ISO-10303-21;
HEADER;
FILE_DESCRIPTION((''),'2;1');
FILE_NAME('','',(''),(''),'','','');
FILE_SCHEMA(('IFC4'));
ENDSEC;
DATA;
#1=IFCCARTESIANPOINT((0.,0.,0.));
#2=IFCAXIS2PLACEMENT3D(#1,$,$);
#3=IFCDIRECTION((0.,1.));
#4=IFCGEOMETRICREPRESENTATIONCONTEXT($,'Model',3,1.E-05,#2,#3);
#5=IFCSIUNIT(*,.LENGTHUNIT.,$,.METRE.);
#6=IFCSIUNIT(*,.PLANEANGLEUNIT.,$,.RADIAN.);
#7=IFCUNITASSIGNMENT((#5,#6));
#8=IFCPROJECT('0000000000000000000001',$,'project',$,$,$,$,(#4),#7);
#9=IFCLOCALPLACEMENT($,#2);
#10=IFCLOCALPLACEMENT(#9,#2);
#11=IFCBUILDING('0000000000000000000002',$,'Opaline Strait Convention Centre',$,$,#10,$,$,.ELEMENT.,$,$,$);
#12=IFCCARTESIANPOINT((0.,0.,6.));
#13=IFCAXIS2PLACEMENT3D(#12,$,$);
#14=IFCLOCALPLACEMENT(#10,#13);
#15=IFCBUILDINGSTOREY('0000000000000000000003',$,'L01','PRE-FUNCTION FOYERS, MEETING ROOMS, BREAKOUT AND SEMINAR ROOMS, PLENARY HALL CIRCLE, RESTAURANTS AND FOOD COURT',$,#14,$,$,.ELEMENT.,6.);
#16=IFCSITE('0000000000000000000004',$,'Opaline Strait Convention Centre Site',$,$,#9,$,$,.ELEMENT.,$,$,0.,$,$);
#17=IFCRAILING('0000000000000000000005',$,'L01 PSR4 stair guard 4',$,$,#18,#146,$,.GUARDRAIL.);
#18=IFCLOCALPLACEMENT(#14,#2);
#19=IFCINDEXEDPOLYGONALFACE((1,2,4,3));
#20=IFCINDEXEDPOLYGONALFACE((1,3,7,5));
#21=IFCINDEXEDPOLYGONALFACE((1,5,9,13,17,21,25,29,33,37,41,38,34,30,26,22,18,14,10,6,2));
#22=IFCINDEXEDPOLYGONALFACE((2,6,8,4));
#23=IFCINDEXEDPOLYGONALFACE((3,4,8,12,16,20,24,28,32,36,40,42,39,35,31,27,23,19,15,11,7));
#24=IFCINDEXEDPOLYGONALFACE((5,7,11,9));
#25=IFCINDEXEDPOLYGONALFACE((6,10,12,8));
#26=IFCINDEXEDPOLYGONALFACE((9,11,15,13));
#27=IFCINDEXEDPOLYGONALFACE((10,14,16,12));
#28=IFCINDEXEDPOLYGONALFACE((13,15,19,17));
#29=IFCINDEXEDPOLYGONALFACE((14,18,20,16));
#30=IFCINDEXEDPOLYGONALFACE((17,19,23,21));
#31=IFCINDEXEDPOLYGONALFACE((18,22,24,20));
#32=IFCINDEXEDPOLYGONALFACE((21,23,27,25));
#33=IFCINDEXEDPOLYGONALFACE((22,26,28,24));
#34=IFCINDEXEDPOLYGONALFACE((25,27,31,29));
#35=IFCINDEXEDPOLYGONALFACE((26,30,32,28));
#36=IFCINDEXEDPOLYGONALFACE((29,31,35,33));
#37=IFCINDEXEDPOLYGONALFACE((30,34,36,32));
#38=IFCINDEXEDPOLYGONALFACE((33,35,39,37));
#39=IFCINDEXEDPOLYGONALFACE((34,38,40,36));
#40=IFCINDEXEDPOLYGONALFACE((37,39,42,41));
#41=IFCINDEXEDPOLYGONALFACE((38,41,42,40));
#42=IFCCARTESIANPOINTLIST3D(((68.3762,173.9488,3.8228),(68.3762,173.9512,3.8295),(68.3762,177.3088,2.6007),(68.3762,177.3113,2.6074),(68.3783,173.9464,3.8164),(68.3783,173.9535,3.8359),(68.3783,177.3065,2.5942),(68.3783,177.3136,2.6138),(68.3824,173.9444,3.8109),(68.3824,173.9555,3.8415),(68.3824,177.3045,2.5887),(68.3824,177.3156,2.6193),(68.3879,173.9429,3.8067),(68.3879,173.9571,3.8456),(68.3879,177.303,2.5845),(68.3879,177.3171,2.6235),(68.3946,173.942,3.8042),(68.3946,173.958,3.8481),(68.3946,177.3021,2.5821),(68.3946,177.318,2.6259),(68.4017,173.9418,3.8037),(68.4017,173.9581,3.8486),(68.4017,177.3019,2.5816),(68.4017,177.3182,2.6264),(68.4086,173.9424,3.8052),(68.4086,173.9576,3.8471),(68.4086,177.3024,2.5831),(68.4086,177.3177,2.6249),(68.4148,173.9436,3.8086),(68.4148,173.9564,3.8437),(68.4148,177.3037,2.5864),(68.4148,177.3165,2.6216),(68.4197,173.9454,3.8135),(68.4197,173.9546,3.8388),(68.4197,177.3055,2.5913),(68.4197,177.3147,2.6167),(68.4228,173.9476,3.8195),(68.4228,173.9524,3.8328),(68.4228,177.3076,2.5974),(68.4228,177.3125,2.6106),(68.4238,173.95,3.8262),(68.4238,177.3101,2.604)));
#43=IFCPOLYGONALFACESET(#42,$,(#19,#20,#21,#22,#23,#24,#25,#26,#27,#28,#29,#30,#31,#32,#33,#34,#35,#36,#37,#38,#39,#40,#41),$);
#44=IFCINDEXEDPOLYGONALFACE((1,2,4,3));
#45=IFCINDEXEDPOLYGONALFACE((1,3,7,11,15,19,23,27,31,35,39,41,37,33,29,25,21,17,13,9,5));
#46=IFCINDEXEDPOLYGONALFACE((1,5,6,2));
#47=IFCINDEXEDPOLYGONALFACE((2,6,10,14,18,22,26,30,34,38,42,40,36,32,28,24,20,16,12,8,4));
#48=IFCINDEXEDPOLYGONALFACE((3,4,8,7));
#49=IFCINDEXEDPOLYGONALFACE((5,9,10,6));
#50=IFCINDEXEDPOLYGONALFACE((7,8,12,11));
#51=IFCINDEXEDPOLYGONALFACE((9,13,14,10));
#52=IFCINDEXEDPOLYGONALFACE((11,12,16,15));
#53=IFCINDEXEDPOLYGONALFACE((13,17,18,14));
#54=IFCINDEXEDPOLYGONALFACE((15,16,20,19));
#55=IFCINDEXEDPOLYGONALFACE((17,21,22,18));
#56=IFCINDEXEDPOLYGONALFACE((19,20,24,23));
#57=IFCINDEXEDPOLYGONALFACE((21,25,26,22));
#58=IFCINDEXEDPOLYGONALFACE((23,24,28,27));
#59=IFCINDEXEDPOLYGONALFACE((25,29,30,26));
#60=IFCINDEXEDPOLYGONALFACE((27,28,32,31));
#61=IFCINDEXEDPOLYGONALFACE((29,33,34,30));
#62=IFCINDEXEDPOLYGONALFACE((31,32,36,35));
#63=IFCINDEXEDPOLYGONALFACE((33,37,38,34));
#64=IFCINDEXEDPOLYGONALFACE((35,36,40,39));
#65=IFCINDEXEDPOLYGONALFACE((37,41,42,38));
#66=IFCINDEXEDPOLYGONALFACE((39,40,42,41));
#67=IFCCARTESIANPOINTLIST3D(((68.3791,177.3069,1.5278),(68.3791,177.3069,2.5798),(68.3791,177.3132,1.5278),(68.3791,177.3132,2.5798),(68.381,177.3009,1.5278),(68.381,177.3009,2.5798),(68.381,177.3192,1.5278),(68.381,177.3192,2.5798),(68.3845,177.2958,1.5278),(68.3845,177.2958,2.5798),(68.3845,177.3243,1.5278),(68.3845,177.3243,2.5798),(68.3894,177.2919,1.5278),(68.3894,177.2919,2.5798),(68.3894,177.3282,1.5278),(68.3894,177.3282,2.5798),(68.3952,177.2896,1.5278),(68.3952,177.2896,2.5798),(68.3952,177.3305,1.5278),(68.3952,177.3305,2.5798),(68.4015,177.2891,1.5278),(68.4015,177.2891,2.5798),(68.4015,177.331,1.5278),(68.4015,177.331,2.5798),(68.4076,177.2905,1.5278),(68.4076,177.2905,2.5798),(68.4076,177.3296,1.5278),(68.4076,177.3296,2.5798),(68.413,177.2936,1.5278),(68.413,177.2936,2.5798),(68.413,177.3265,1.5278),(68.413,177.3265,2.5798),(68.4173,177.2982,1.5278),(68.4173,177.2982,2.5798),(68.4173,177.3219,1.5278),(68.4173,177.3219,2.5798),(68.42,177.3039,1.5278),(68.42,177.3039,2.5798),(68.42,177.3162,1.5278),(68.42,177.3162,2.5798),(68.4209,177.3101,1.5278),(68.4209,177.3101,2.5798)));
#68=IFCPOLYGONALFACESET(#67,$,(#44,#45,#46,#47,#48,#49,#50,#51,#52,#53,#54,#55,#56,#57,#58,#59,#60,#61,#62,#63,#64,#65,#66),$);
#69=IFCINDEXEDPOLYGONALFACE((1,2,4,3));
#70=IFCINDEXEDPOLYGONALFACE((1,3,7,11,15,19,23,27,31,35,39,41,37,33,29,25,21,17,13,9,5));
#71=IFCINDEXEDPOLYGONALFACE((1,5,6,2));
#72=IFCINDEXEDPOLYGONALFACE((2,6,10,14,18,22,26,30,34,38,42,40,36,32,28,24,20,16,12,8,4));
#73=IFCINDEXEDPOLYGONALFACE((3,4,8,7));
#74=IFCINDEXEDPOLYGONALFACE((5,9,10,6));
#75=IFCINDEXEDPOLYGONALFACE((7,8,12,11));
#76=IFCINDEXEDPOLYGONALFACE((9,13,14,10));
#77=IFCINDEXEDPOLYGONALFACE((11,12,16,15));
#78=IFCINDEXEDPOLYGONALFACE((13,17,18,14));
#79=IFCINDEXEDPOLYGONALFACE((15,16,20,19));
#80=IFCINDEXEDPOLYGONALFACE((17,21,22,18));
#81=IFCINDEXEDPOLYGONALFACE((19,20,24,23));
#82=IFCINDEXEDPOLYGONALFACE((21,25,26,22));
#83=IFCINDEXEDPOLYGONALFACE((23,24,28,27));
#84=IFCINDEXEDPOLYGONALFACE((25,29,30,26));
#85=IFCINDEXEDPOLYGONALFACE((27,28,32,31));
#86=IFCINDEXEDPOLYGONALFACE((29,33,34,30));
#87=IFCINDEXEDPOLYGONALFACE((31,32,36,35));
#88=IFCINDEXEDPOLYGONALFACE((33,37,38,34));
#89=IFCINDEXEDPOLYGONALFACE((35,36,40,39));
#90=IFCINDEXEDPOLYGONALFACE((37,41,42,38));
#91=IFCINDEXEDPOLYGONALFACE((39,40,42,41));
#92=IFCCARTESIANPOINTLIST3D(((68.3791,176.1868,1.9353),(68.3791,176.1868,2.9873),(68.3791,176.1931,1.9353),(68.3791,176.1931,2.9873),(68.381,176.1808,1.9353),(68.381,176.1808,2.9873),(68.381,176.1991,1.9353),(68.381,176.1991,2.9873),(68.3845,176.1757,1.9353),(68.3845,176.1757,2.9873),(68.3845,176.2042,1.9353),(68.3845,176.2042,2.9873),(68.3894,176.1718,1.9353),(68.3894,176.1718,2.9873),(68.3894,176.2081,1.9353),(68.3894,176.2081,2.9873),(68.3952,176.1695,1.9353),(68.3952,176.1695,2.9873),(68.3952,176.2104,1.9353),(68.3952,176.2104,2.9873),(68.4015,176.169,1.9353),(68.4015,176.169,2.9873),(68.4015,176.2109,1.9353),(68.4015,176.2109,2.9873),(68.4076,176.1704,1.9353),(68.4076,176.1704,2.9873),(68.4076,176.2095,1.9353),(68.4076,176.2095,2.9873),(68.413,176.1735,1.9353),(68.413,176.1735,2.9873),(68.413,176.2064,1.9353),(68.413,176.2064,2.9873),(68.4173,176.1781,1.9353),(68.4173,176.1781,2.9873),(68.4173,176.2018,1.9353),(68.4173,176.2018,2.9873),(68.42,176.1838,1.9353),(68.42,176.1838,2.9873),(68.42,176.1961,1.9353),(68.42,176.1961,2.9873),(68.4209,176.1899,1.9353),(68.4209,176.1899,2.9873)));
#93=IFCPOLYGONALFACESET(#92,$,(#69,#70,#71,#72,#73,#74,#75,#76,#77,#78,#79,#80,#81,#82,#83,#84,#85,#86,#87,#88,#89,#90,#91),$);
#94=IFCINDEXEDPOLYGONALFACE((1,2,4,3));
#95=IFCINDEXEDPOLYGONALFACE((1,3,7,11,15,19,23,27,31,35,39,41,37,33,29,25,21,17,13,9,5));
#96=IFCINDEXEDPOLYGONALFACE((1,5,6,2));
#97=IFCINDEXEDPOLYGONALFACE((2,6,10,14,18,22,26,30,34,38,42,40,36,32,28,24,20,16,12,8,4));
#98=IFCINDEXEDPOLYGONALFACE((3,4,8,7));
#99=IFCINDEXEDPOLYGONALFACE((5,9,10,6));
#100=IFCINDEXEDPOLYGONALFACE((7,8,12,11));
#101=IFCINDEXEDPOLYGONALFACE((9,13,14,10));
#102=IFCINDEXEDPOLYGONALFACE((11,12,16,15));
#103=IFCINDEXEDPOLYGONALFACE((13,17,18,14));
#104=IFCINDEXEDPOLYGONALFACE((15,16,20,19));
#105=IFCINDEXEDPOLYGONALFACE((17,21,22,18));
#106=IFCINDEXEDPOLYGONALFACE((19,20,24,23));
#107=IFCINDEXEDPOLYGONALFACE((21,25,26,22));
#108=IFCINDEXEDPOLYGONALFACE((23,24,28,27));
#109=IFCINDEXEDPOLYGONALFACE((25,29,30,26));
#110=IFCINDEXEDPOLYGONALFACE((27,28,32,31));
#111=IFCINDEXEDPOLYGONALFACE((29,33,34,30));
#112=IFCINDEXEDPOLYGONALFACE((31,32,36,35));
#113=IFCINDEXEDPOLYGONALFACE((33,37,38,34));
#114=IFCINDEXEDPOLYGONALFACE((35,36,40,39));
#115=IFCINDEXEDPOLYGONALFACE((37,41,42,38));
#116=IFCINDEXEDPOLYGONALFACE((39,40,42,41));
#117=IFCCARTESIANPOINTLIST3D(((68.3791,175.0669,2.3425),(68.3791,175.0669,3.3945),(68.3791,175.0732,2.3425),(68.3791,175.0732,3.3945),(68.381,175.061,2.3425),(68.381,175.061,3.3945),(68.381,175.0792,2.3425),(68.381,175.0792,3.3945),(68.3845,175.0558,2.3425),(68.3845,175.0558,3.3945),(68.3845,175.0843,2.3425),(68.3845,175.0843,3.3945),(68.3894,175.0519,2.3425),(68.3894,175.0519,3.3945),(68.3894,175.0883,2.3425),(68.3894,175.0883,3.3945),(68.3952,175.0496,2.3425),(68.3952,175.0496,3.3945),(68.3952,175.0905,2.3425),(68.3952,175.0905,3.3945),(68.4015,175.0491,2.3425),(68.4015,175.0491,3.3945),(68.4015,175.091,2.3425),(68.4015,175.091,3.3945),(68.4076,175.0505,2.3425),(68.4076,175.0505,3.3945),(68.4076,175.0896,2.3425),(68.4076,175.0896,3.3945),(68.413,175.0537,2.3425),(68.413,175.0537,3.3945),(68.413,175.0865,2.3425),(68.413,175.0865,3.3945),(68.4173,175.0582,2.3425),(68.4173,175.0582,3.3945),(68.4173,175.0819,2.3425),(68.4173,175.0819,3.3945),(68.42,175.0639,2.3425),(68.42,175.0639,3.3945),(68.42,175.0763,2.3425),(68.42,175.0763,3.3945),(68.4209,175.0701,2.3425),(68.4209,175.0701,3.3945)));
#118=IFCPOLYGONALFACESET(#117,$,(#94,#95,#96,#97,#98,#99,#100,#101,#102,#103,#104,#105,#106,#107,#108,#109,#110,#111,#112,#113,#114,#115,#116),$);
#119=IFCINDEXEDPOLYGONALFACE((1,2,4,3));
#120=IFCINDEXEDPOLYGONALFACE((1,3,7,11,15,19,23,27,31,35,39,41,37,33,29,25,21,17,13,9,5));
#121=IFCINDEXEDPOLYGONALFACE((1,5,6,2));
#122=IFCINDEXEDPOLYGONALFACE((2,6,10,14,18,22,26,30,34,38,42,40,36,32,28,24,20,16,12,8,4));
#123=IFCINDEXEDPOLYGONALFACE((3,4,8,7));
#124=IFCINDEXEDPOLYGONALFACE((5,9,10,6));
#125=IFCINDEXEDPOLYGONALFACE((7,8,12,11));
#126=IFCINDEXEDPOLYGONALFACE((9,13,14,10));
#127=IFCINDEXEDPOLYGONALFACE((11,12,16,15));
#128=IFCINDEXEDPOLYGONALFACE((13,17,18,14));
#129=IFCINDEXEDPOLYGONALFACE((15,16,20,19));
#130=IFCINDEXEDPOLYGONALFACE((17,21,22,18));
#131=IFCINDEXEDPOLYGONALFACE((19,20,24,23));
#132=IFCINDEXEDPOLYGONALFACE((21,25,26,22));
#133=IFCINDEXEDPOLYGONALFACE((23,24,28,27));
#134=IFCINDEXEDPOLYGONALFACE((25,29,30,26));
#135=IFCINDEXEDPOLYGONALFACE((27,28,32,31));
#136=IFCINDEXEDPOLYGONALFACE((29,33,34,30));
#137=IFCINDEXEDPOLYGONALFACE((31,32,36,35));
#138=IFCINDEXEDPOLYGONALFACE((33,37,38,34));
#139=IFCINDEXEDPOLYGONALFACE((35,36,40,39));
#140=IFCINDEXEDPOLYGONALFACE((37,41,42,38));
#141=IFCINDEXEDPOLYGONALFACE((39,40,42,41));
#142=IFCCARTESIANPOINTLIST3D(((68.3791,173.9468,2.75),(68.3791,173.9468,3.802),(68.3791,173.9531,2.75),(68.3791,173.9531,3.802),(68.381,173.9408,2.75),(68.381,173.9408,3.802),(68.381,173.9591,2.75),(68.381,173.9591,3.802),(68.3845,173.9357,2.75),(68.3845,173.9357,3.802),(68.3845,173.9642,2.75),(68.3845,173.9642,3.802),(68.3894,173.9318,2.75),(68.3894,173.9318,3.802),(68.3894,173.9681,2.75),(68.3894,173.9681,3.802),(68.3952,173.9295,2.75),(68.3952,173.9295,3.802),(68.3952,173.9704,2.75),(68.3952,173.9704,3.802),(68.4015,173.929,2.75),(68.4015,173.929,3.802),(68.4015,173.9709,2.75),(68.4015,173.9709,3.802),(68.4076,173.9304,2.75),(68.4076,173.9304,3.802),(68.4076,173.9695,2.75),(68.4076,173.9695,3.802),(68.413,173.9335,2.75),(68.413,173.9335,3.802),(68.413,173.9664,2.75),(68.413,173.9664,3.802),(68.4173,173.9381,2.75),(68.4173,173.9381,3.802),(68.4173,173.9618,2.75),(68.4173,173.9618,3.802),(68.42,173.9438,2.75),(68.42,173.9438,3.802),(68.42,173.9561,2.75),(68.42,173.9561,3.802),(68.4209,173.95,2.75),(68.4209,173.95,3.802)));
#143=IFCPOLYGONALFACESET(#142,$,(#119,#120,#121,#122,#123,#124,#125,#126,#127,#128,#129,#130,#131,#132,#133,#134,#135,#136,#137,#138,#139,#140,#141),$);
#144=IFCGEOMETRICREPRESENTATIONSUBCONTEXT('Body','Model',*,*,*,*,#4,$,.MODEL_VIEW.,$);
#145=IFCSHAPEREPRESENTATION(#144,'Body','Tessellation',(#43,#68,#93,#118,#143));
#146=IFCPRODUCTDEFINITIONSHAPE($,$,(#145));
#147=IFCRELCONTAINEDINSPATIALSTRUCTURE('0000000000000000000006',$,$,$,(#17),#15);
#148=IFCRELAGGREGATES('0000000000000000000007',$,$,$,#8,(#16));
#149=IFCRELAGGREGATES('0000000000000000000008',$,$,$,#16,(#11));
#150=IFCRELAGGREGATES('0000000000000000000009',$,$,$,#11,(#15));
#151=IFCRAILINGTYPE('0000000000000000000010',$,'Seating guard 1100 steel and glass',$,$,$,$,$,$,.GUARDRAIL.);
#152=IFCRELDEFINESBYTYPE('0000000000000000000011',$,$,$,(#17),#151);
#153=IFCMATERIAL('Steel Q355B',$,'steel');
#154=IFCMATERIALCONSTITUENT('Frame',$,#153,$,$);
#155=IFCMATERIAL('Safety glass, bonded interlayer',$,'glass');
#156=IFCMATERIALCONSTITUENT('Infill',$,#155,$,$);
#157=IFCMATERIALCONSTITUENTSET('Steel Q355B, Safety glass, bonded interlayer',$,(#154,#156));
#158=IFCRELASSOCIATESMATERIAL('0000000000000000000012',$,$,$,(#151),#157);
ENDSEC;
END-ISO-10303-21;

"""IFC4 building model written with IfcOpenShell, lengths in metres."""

from ifc_helpers import new_model, si_unit, direction, frame, origin, origin_2d, place, context, subcontext, project, spatial, circle, extrude, material, constituent, constituent_set, type_object, element, save


model = new_model("IFC4")

# Units and contexts
model_context = context("Model", 3, precision=1e-05, world=origin(), true_north=direction((0.0, 1.0)))
body_context = subcontext(model_context, "Body", "Model", "MODEL_VIEW")
ifc_project = project(units=[si_unit("LENGTHUNIT", "METRE"), si_unit("PLANEANGLEUNIT", "RADIAN")], contexts=[model_context])

# Site, building, storey
site_placement = place(None, origin())
site = spatial("IfcSite", under=ifc_project, at=site_placement, Name="Opaline Strait Convention Centre Site", CompositionType="ELEMENT", RefElevation=0.0)
building_placement = place(site_placement, origin())
building = spatial("IfcBuilding", under=site, at=building_placement, Name="Opaline Strait Convention Centre", CompositionType="ELEMENT")
storey_placement = place(building_placement, frame((0.0, 0.0, 6.0)))
storey = spatial("IfcBuildingStorey", under=building, at=storey_placement, Name="L01", Description="PRE-FUNCTION FOYERS, MEETING ROOMS, BREAKOUT AND SEMINAR ROOMS, PLENARY HALL CIRCLE, RESTAURANTS AND FOOD COURT", CompositionType="ELEMENT", Elevation=6.0)

# Railing
ifc_material_1 = material(Name="Steel Q355B", Category="steel")
ifc_constituent_1 = constituent(ifc_material_1, Name="Frame")
ifc_material_2 = material(Name="Safety glass, bonded interlayer", Category="glass")
ifc_constituent_2 = constituent(ifc_material_2, Name="Infill")
ifc_constituent_set = constituent_set(constituents=[ifc_constituent_1, ifc_constituent_2], Name="Steel Q355B, Safety glass, bonded interlayer")
railing_type_1 = type_object("IfcRailingType", Name="Seating guard 1100 steel and glass", PredefinedType="GUARDRAIL", material=ifc_constituent_set)
railing_1_placement = place(storey_placement, frame((68.3999, 177.3101, 1.5278)))
element("IfcRailing", 1, at=railing_1_placement, inside=storey, type_object=railing_type_1, Name="L01 PSR4 stair guard 4", PredefinedType="GUARDRAIL", context=body_context, shape_type="SweptSolid", body=[
    extrude(circle(Radius=0.0239, at=origin_2d()), frame((0.0, 0.0, 1.0762), z_axis=(0.0, -0.939766, 0.34182), x_axis=(1.0, 0.0, 0.0)), (0.0, 0.0, 1.0), 3.5754),
    extrude(circle(Radius=0.021, at=origin_2d()), origin(), (0.0, 0.0, 1.0), 1.052),
    extrude(circle(Radius=0.021, at=origin_2d()), frame((0.0, -1.1201, 0.4075)), (0.0, 0.0, 1.0), 1.052),
    extrude(circle(Radius=0.021, at=origin_2d()), frame((0.0, -2.24, 0.8147)), (0.0, 0.0, 1.0), 1.052),
    extrude(circle(Radius=0.021, at=origin_2d()), frame((0.0, -3.3601, 1.2222)), (0.0, 0.0, 1.0), 1.052),
])

save(model, "model.ifc")
